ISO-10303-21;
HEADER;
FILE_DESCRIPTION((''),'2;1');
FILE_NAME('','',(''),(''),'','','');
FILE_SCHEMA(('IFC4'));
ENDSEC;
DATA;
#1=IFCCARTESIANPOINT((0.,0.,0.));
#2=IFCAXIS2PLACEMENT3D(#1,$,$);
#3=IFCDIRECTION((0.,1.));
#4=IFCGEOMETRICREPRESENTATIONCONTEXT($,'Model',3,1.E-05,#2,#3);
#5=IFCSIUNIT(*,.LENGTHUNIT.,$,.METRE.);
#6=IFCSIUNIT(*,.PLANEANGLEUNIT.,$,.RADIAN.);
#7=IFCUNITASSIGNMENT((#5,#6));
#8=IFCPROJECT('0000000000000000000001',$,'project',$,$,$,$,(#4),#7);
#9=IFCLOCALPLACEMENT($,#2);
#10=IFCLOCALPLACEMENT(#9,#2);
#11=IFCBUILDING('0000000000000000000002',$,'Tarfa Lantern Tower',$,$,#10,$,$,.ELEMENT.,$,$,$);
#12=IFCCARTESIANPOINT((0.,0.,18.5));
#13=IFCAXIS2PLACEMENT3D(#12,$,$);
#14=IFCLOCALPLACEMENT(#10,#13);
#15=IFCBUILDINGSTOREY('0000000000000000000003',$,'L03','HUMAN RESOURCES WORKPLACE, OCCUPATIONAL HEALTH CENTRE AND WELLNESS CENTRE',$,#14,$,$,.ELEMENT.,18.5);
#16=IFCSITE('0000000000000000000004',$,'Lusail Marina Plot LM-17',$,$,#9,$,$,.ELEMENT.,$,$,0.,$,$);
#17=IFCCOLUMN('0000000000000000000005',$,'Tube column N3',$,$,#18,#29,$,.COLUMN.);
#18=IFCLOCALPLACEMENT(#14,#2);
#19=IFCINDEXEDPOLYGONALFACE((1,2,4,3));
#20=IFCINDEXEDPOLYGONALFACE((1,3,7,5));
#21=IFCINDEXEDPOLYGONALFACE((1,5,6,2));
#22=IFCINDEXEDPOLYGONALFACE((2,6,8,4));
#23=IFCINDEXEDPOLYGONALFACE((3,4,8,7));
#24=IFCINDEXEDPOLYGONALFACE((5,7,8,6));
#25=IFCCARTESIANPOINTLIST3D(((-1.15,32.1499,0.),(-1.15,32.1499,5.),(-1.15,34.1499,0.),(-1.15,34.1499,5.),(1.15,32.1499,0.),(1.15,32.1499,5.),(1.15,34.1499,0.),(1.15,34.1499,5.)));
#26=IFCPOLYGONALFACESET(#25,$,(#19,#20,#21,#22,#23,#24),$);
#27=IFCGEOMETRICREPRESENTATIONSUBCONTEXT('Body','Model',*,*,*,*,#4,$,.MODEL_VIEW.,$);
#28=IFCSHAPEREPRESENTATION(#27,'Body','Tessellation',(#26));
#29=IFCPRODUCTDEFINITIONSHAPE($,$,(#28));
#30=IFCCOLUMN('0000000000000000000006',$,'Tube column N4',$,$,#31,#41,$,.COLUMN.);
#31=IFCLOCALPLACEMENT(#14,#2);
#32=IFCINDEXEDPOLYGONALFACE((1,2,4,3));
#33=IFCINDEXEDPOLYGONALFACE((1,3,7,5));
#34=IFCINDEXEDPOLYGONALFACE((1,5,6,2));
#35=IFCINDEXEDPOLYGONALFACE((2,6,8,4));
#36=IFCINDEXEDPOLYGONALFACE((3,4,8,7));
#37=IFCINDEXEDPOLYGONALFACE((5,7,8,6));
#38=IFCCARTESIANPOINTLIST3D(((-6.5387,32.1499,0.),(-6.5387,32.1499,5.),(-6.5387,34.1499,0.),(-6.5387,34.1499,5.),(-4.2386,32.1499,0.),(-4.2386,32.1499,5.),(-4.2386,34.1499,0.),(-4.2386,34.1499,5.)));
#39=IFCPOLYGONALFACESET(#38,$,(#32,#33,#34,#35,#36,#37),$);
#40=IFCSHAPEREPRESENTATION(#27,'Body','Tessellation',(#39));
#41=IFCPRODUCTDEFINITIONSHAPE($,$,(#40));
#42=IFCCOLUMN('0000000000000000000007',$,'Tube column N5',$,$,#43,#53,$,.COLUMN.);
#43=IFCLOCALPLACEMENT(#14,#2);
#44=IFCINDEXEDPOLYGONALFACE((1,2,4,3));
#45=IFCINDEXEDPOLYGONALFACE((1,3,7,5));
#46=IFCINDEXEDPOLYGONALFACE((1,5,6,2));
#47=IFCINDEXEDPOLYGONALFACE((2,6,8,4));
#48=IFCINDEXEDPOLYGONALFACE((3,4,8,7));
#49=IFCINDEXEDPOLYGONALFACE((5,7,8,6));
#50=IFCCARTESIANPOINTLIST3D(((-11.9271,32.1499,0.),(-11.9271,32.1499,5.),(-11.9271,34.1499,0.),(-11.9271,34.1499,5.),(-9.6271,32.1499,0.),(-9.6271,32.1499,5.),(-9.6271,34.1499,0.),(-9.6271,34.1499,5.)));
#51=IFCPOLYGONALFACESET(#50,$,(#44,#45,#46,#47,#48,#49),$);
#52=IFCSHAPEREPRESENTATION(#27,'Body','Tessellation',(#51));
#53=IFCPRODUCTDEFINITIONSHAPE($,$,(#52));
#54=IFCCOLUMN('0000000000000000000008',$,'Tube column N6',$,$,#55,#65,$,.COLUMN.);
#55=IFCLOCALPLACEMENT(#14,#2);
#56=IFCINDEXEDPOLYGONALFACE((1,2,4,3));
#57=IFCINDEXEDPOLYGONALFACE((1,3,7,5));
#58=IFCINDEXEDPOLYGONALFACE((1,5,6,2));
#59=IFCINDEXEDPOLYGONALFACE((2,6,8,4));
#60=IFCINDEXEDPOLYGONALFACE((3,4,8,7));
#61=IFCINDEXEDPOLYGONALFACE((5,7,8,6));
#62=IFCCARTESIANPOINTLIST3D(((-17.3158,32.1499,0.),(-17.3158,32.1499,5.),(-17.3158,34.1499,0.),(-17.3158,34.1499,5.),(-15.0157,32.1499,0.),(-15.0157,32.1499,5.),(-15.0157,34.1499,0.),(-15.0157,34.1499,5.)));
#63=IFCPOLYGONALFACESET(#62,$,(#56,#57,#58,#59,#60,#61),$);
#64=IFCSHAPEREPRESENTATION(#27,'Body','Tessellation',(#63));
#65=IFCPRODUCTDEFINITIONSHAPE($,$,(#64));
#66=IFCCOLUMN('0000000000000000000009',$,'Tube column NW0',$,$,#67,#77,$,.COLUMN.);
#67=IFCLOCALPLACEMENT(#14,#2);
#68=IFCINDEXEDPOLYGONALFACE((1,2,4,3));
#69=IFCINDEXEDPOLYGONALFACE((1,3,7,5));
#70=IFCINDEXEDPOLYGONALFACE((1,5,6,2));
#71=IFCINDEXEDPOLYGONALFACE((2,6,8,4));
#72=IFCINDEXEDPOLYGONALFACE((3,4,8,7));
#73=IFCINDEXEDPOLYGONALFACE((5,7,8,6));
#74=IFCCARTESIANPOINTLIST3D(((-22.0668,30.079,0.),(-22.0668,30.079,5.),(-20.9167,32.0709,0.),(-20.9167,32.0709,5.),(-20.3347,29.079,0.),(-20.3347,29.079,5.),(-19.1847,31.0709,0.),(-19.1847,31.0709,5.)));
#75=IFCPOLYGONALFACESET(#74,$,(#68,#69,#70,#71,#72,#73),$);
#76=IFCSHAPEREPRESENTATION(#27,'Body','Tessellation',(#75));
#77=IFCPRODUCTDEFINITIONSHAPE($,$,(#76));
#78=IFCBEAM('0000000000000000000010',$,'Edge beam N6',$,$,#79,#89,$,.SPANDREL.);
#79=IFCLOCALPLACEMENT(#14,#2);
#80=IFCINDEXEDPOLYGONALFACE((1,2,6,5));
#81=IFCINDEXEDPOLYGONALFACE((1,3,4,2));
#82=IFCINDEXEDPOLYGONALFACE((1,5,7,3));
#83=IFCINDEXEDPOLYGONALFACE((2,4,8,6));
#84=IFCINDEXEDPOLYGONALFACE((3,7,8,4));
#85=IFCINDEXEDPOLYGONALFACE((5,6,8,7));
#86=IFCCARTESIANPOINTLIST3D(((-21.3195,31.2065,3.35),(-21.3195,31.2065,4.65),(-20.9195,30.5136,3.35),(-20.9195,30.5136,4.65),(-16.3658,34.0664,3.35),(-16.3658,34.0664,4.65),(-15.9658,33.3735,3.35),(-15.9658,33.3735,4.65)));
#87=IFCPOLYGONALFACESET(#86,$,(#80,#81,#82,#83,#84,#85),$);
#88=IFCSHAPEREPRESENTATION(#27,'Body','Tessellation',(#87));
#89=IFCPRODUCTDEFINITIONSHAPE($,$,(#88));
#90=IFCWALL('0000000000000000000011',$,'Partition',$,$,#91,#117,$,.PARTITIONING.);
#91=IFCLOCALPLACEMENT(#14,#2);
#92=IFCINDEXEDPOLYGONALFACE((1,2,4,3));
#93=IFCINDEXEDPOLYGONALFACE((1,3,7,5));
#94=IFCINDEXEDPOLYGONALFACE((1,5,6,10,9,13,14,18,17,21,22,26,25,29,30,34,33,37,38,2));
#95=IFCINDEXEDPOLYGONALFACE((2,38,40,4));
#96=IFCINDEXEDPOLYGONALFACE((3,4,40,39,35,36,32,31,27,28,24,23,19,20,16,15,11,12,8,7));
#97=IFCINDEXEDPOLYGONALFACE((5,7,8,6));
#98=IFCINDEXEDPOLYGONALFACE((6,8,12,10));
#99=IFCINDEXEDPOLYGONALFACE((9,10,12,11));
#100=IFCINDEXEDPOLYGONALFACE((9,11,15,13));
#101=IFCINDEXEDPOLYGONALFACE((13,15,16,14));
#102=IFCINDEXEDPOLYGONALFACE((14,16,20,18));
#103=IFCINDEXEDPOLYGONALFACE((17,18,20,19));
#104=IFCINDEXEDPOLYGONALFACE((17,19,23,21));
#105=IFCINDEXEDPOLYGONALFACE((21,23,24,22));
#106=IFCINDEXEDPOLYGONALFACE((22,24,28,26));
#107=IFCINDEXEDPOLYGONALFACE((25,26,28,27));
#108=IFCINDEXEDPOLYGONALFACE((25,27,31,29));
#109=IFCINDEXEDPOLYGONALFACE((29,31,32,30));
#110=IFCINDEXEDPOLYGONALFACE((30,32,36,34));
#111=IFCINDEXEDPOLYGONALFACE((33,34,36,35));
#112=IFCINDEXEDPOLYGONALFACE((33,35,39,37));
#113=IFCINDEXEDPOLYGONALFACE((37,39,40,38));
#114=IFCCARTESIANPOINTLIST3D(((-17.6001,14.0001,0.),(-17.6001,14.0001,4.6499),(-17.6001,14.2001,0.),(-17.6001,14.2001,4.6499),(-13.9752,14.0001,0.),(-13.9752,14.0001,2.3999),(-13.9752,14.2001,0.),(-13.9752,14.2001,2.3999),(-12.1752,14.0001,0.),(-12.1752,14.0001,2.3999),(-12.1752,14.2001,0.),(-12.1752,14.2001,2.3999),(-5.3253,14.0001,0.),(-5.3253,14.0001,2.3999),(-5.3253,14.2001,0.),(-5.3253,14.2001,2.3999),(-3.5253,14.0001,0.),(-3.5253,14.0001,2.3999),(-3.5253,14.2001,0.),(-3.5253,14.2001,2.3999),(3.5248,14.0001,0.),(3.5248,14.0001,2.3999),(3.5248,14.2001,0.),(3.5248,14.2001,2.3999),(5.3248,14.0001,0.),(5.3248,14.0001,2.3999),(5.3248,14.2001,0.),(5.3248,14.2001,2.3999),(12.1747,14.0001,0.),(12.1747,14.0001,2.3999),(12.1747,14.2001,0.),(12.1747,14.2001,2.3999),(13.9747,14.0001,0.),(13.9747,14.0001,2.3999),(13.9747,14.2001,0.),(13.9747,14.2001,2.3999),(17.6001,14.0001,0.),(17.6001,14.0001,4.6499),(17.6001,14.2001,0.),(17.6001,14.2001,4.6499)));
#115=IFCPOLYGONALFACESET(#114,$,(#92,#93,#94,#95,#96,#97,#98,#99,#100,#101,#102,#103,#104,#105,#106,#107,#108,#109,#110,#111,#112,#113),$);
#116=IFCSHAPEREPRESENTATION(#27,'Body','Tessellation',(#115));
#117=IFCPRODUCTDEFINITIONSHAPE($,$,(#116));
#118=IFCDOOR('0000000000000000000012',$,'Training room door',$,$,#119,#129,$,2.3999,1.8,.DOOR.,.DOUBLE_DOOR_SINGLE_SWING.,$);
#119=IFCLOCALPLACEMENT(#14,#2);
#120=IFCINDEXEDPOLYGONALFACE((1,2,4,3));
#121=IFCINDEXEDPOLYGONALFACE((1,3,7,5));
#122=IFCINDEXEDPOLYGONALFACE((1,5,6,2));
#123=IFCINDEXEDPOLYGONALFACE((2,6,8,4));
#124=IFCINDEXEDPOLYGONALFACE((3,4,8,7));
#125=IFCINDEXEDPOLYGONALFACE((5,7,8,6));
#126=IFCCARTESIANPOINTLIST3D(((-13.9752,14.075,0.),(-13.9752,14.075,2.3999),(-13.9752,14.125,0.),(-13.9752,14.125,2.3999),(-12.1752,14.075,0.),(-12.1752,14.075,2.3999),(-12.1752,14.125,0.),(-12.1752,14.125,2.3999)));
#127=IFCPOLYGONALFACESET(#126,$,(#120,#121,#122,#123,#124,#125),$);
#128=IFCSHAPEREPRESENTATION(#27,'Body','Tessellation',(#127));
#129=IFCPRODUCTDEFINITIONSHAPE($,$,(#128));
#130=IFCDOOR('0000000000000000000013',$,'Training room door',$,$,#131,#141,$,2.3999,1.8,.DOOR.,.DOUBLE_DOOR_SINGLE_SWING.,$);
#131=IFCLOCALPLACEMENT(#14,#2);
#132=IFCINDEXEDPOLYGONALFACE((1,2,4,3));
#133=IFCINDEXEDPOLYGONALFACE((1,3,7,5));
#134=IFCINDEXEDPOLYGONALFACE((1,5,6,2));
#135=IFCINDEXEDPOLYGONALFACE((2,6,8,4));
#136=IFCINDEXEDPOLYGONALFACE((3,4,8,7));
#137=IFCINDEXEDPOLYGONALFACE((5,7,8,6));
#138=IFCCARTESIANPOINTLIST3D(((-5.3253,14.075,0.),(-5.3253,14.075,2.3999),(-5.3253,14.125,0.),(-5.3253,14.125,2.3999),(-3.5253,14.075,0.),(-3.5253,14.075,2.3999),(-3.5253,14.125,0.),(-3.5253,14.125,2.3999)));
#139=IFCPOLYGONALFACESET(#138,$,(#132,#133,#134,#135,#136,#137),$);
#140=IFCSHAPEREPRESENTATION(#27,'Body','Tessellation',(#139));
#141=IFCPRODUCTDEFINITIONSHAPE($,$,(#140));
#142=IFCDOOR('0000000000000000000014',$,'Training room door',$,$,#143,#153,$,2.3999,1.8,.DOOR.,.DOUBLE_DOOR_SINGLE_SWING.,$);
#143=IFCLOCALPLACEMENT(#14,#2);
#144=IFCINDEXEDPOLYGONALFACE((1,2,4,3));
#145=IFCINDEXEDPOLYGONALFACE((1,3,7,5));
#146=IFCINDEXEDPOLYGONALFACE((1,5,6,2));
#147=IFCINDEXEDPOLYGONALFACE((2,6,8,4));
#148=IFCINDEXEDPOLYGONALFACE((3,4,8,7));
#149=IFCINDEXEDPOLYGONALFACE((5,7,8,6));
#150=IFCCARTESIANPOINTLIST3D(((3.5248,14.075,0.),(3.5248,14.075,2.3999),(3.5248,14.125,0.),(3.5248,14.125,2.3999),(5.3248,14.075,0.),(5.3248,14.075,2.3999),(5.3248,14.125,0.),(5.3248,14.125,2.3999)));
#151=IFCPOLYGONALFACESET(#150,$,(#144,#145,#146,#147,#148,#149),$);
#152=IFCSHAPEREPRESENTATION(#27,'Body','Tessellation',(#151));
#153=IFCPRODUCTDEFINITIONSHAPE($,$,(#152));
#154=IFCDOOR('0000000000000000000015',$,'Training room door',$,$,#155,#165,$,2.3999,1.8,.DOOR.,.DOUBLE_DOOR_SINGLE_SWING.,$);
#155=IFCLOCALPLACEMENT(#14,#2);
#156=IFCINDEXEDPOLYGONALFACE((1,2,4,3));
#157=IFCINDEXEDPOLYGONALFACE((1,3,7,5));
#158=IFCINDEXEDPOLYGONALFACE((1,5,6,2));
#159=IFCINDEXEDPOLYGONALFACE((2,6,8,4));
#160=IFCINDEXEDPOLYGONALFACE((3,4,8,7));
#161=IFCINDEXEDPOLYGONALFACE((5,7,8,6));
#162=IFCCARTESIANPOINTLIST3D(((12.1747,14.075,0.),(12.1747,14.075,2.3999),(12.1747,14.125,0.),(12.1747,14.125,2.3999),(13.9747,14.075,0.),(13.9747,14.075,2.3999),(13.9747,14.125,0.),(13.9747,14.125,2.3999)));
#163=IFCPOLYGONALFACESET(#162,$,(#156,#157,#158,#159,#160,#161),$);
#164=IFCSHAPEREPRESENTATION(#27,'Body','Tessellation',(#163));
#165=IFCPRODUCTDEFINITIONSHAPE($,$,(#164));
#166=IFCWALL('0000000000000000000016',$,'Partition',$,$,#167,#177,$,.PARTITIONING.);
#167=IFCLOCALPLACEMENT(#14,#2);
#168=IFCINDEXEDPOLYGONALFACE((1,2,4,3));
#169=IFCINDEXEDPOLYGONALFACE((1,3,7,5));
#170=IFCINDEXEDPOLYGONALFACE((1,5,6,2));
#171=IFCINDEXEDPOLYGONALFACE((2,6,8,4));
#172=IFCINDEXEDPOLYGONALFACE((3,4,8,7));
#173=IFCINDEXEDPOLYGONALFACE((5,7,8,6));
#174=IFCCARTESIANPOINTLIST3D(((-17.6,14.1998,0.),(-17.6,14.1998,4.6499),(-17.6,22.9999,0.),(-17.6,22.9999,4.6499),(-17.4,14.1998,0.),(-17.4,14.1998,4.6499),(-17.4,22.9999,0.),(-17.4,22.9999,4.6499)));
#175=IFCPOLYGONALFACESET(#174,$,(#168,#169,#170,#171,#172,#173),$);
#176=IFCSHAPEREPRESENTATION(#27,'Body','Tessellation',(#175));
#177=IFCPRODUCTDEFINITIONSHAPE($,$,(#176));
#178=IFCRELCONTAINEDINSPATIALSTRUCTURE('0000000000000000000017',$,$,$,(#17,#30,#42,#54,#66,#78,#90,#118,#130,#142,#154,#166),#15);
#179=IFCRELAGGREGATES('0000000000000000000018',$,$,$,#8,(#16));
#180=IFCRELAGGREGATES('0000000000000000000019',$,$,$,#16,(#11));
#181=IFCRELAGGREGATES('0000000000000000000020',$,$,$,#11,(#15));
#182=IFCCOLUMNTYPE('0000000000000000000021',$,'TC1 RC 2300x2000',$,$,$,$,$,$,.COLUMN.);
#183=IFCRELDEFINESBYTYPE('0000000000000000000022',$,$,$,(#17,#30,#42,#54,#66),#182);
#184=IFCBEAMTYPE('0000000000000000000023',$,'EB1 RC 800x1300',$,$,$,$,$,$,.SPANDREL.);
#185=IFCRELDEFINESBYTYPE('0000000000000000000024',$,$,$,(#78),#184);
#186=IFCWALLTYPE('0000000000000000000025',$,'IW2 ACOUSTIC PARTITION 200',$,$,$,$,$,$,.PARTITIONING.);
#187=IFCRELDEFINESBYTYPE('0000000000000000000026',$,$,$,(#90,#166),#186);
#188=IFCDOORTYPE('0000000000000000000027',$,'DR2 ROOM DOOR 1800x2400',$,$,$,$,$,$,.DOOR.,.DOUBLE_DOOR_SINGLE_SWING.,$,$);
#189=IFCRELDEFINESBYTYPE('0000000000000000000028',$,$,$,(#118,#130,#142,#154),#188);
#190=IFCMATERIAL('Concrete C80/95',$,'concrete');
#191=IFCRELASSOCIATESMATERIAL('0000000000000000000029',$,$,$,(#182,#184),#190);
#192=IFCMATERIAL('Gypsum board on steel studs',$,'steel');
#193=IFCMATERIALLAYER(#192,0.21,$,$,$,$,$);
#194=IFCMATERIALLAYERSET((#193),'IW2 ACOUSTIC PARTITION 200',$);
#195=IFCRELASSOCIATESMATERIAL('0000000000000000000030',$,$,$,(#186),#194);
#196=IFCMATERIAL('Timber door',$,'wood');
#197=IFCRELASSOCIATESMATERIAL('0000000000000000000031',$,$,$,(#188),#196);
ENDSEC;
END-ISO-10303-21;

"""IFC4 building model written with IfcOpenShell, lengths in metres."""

from ifc_helpers import new_model, si_unit, direction, frame, frame_2d, origin, origin_2d, place, context, subcontext, project, spatial, rectangle, extrude, material, layer, layer_set, material_profile, profile_set, type_object, element, fill, save


model = new_model("IFC4")

# Units and contexts
model_context = context("Model", 3, precision=1e-05, world=origin(), true_north=direction((0.0, 1.0)))
body_context = subcontext(model_context, "Body", "Model", "MODEL_VIEW")
ifc_project = project(units=[si_unit("LENGTHUNIT", "METRE"), si_unit("PLANEANGLEUNIT", "RADIAN")], contexts=[model_context])

# Site, building, storey
site_placement = place(None, origin())
site = spatial("IfcSite", under=ifc_project, at=site_placement, Name="Lusail Marina Plot LM-17", CompositionType="ELEMENT", RefElevation=0.0)
building_placement = place(site_placement, origin())
building = spatial("IfcBuilding", under=site, at=building_placement, Name="Tarfa Lantern Tower", CompositionType="ELEMENT")
storey_placement = place(building_placement, frame((0.0, 0.0, 18.5)))
storey = spatial("IfcBuildingStorey", under=building, at=storey_placement, Name="L03", Description="HUMAN RESOURCES WORKPLACE, OCCUPATIONAL HEALTH CENTRE AND WELLNESS CENTRE", CompositionType="ELEMENT", Elevation=18.5)

# Columns
ifc_material_1 = material(Name="Concrete C80/95", Category="concrete")
ifc_material_profile_1 = material_profile(ifc_material_1, rectangle(XDim=2.3, YDim=2.0, at=origin_2d()), Name="RC 2300x2000")
ifc_profile_set_1 = profile_set([ifc_material_profile_1], Name="Concrete C80/95")
column_type = type_object("IfcColumnType", Name="TC1 RC 2300x2000", PredefinedType="COLUMN", material=ifc_profile_set_1)
for number, where, z_axis, x_axis, name in (
    (1, (0.0, 33.1499, 0.0), (0.0, 0.0, 1.0), (-1.0, 0.0, 0.0), "Tube column N3"),
    (2, (-5.3887, 33.1499, 0.0), (0.0, 0.0, 1.0), (-1.0, 0.0, 0.0), "Tube column N4"),
    (3, (-10.7771, 33.1499, 0.0), (0.0, 0.0, 1.0), (-1.0, 0.0, 0.0), "Tube column N5"),
    (4, (-16.1658, 33.1499, 0.0), (0.0, 0.0, 1.0), (-1.0, 0.0, 0.0), "Tube column N6"),
    (5, (-20.6257, 30.575, 0.0), (0.0, 0.0, 1.0), (-0.5, -0.866025, 0.0), "Tube column NW0"),
):
    element("IfcColumn", number, at=place(storey_placement, frame(where, z_axis=z_axis, x_axis=x_axis)), inside=storey, type_object=column_type, Name=name, PredefinedType="COLUMN", context=body_context, shape_type="SweptSolid", body=[
        extrude(rectangle(XDim=2.3, YDim=2.0, at=origin_2d()), origin(), (0.0, 0.0, 1.0), 5.0),
    ])

# Beam
ifc_material_profile_2 = material_profile(ifc_material_1, rectangle(XDim=0.8, YDim=1.3, at=origin_2d()), Name="RC 800x1300")
ifc_profile_set_2 = profile_set([ifc_material_profile_2], Name="Concrete C80/95")
beam_type = type_object("IfcBeamType", Name="EB1 RC 800x1300", PredefinedType="SPANDREL", material=ifc_profile_set_2)
beam_placement = place(storey_placement, frame((-16.1658, 33.72, 4.0), z_axis=(-0.866033, -0.499986, 0.0), x_axis=(0.499986, -0.866033, 0.0)))
element("IfcBeam", 6, at=beam_placement, inside=storey, type_object=beam_type, Name="Edge beam N6", PredefinedType="SPANDREL", context=body_context, shape_type="SweptSolid", body=[
    extrude(rectangle(XDim=0.8, YDim=1.3, at=origin_2d()), origin(), (0.0, 0.0, 1.0), 5.72),
])

# Wall, openings, doors
ifc_material_2 = material(Name="Gypsum board on steel studs", Category="steel")
ifc_layer = layer(ifc_material_2, 0.21)
ifc_layer_set = layer_set([ifc_layer], Name="IW2 ACOUSTIC PARTITION 200")
wall_type = type_object("IfcWallType", Name="IW2 ACOUSTIC PARTITION 200", PredefinedType="PARTITIONING", material=ifc_layer_set)
wall_1_placement = place(storey_placement, frame((-17.6001, 14.1001, 0.0), z_axis=(0.0, 0.0, 1.0), x_axis=(1.0, 0.0, 0.0)))
wall_1 = element("IfcWall", 7, at=wall_1_placement, inside=storey, type_object=wall_type, Name="Partition", PredefinedType="PARTITIONING", context=body_context, shape_type="SweptSolid", body=[
    extrude(rectangle(XDim=35.2002, YDim=0.2, at=frame_2d((17.6001, 0.0))), origin(), (0.0, 0.0, 1.0), 4.6499),
])
opening_1_placement = place(wall_1_placement, frame((3.625, 0.0, 0.0)))
opening_1 = element("IfcOpeningElement", 8, at=opening_1_placement, cuts=wall_1, PredefinedType="OPENING", context=body_context, shape_type="SweptSolid", body=[
    extrude(rectangle(XDim=1.8, YDim=2.3999, at=frame_2d((0.8999, 1.2))), frame((0.0, 0.1099, 0.0), z_axis=(0.0, -1.0, 0.0), x_axis=(1.0, 0.0, 0.0)), (0.0, 0.0, 1.0), 0.22),
])
opening_2_placement = place(wall_1_placement, frame((12.2749, 0.0, 0.0)))
opening_2 = element("IfcOpeningElement", 9, at=opening_2_placement, cuts=wall_1, PredefinedType="OPENING", context=body_context, shape_type="SweptSolid", body=[
    extrude(rectangle(XDim=1.8, YDim=2.3999, at=frame_2d((0.8999, 1.2))), frame((0.0, 0.1099, 0.0), z_axis=(0.0, -1.0, 0.0), x_axis=(1.0, 0.0, 0.0)), (0.0, 0.0, 1.0), 0.22),
])
opening_3_placement = place(wall_1_placement, frame((21.125, 0.0, 0.0)))
opening_3 = element("IfcOpeningElement", 10, at=opening_3_placement, cuts=wall_1, PredefinedType="OPENING", context=body_context, shape_type="SweptSolid", body=[
    extrude(rectangle(XDim=1.8, YDim=2.3999, at=frame_2d((0.8999, 1.2))), frame((0.0, 0.1099, 0.0), z_axis=(0.0, -1.0, 0.0), x_axis=(1.0, 0.0, 0.0)), (0.0, 0.0, 1.0), 0.22),
])
opening_4_placement = place(wall_1_placement, frame((29.7749, 0.0, 0.0)))
opening_4 = element("IfcOpeningElement", 11, at=opening_4_placement, cuts=wall_1, PredefinedType="OPENING", context=body_context, shape_type="SweptSolid", body=[
    extrude(rectangle(XDim=1.8, YDim=2.3999, at=frame_2d((0.8999, 1.2))), frame((0.0, 0.1099, 0.0), z_axis=(0.0, -1.0, 0.0), x_axis=(1.0, 0.0, 0.0)), (0.0, 0.0, 1.0), 0.22),
])
ifc_material_3 = material(Name="Timber door", Category="wood")
door_type = type_object("IfcDoorType", Name="DR2 ROOM DOOR 1800x2400", OperationType="DOUBLE_DOOR_SINGLE_SWING", PredefinedType="DOOR", material=ifc_material_3)
door_1_placement = place(opening_1_placement, origin())
door_1 = element("IfcDoor", 12, at=door_1_placement, inside=storey, type_object=door_type, Name="Training room door", OperationType="DOUBLE_DOOR_SINGLE_SWING", OverallHeight=2.3999, OverallWidth=1.8, PredefinedType="DOOR", context=body_context, shape_type="SweptSolid", body=[
    extrude(rectangle(XDim=1.8, YDim=2.3999, at=frame_2d((0.8999, 1.2))), frame((0.0, 0.0249, 0.0), z_axis=(0.0, -1.0, 0.0), x_axis=(1.0, 0.0, 0.0)), (0.0, 0.0, 1.0), 0.05),
])
fill(opening_1, door_1)
door_2_placement = place(opening_2_placement, origin())
door_2 = element("IfcDoor", 13, at=door_2_placement, inside=storey, type_object=door_type, Name="Training room door", OperationType="DOUBLE_DOOR_SINGLE_SWING", OverallHeight=2.3999, OverallWidth=1.8, PredefinedType="DOOR", context=body_context, shape_type="SweptSolid", body=[
    extrude(rectangle(XDim=1.8, YDim=2.3999, at=frame_2d((0.8999, 1.2))), frame((0.0, 0.0249, 0.0), z_axis=(0.0, -1.0, 0.0), x_axis=(1.0, 0.0, 0.0)), (0.0, 0.0, 1.0), 0.05),
])
fill(opening_2, door_2)
door_3_placement = place(opening_3_placement, origin())
door_3 = element("IfcDoor", 14, at=door_3_placement, inside=storey, type_object=door_type, Name="Training room door", OperationType="DOUBLE_DOOR_SINGLE_SWING", OverallHeight=2.3999, OverallWidth=1.8, PredefinedType="DOOR", context=body_context, shape_type="SweptSolid", body=[
    extrude(rectangle(XDim=1.8, YDim=2.3999, at=frame_2d((0.8999, 1.2))), frame((0.0, 0.0249, 0.0), z_axis=(0.0, -1.0, 0.0), x_axis=(1.0, 0.0, 0.0)), (0.0, 0.0, 1.0), 0.05),
])
fill(opening_3, door_3)
door_4_placement = place(opening_4_placement, origin())
door_4 = element("IfcDoor", 15, at=door_4_placement, inside=storey, type_object=door_type, Name="Training room door", OperationType="DOUBLE_DOOR_SINGLE_SWING", OverallHeight=2.3999, OverallWidth=1.8, PredefinedType="DOOR", context=body_context, shape_type="SweptSolid", body=[
    extrude(rectangle(XDim=1.8, YDim=2.3999, at=frame_2d((0.8999, 1.2))), frame((0.0, 0.0249, 0.0), z_axis=(0.0, -1.0, 0.0), x_axis=(1.0, 0.0, 0.0)), (0.0, 0.0, 1.0), 0.05),
])
fill(opening_4, door_4)

# Wall
wall_2_placement = place(storey_placement, frame((-17.5, 14.2, 0.0), z_axis=(0.0, 0.0, 1.0), x_axis=(0.0, 1.0, 0.0)))
element("IfcWall", 16, at=wall_2_placement, inside=storey, type_object=wall_type, Name="Partition", PredefinedType="PARTITIONING", context=body_context, shape_type="SweptSolid", body=[
    extrude(rectangle(XDim=8.8, YDim=0.2, at=frame_2d((4.3999, 0.0))), origin(), (0.0, 0.0, 1.0), 4.6499),
])

save(model, "model.ifc")
